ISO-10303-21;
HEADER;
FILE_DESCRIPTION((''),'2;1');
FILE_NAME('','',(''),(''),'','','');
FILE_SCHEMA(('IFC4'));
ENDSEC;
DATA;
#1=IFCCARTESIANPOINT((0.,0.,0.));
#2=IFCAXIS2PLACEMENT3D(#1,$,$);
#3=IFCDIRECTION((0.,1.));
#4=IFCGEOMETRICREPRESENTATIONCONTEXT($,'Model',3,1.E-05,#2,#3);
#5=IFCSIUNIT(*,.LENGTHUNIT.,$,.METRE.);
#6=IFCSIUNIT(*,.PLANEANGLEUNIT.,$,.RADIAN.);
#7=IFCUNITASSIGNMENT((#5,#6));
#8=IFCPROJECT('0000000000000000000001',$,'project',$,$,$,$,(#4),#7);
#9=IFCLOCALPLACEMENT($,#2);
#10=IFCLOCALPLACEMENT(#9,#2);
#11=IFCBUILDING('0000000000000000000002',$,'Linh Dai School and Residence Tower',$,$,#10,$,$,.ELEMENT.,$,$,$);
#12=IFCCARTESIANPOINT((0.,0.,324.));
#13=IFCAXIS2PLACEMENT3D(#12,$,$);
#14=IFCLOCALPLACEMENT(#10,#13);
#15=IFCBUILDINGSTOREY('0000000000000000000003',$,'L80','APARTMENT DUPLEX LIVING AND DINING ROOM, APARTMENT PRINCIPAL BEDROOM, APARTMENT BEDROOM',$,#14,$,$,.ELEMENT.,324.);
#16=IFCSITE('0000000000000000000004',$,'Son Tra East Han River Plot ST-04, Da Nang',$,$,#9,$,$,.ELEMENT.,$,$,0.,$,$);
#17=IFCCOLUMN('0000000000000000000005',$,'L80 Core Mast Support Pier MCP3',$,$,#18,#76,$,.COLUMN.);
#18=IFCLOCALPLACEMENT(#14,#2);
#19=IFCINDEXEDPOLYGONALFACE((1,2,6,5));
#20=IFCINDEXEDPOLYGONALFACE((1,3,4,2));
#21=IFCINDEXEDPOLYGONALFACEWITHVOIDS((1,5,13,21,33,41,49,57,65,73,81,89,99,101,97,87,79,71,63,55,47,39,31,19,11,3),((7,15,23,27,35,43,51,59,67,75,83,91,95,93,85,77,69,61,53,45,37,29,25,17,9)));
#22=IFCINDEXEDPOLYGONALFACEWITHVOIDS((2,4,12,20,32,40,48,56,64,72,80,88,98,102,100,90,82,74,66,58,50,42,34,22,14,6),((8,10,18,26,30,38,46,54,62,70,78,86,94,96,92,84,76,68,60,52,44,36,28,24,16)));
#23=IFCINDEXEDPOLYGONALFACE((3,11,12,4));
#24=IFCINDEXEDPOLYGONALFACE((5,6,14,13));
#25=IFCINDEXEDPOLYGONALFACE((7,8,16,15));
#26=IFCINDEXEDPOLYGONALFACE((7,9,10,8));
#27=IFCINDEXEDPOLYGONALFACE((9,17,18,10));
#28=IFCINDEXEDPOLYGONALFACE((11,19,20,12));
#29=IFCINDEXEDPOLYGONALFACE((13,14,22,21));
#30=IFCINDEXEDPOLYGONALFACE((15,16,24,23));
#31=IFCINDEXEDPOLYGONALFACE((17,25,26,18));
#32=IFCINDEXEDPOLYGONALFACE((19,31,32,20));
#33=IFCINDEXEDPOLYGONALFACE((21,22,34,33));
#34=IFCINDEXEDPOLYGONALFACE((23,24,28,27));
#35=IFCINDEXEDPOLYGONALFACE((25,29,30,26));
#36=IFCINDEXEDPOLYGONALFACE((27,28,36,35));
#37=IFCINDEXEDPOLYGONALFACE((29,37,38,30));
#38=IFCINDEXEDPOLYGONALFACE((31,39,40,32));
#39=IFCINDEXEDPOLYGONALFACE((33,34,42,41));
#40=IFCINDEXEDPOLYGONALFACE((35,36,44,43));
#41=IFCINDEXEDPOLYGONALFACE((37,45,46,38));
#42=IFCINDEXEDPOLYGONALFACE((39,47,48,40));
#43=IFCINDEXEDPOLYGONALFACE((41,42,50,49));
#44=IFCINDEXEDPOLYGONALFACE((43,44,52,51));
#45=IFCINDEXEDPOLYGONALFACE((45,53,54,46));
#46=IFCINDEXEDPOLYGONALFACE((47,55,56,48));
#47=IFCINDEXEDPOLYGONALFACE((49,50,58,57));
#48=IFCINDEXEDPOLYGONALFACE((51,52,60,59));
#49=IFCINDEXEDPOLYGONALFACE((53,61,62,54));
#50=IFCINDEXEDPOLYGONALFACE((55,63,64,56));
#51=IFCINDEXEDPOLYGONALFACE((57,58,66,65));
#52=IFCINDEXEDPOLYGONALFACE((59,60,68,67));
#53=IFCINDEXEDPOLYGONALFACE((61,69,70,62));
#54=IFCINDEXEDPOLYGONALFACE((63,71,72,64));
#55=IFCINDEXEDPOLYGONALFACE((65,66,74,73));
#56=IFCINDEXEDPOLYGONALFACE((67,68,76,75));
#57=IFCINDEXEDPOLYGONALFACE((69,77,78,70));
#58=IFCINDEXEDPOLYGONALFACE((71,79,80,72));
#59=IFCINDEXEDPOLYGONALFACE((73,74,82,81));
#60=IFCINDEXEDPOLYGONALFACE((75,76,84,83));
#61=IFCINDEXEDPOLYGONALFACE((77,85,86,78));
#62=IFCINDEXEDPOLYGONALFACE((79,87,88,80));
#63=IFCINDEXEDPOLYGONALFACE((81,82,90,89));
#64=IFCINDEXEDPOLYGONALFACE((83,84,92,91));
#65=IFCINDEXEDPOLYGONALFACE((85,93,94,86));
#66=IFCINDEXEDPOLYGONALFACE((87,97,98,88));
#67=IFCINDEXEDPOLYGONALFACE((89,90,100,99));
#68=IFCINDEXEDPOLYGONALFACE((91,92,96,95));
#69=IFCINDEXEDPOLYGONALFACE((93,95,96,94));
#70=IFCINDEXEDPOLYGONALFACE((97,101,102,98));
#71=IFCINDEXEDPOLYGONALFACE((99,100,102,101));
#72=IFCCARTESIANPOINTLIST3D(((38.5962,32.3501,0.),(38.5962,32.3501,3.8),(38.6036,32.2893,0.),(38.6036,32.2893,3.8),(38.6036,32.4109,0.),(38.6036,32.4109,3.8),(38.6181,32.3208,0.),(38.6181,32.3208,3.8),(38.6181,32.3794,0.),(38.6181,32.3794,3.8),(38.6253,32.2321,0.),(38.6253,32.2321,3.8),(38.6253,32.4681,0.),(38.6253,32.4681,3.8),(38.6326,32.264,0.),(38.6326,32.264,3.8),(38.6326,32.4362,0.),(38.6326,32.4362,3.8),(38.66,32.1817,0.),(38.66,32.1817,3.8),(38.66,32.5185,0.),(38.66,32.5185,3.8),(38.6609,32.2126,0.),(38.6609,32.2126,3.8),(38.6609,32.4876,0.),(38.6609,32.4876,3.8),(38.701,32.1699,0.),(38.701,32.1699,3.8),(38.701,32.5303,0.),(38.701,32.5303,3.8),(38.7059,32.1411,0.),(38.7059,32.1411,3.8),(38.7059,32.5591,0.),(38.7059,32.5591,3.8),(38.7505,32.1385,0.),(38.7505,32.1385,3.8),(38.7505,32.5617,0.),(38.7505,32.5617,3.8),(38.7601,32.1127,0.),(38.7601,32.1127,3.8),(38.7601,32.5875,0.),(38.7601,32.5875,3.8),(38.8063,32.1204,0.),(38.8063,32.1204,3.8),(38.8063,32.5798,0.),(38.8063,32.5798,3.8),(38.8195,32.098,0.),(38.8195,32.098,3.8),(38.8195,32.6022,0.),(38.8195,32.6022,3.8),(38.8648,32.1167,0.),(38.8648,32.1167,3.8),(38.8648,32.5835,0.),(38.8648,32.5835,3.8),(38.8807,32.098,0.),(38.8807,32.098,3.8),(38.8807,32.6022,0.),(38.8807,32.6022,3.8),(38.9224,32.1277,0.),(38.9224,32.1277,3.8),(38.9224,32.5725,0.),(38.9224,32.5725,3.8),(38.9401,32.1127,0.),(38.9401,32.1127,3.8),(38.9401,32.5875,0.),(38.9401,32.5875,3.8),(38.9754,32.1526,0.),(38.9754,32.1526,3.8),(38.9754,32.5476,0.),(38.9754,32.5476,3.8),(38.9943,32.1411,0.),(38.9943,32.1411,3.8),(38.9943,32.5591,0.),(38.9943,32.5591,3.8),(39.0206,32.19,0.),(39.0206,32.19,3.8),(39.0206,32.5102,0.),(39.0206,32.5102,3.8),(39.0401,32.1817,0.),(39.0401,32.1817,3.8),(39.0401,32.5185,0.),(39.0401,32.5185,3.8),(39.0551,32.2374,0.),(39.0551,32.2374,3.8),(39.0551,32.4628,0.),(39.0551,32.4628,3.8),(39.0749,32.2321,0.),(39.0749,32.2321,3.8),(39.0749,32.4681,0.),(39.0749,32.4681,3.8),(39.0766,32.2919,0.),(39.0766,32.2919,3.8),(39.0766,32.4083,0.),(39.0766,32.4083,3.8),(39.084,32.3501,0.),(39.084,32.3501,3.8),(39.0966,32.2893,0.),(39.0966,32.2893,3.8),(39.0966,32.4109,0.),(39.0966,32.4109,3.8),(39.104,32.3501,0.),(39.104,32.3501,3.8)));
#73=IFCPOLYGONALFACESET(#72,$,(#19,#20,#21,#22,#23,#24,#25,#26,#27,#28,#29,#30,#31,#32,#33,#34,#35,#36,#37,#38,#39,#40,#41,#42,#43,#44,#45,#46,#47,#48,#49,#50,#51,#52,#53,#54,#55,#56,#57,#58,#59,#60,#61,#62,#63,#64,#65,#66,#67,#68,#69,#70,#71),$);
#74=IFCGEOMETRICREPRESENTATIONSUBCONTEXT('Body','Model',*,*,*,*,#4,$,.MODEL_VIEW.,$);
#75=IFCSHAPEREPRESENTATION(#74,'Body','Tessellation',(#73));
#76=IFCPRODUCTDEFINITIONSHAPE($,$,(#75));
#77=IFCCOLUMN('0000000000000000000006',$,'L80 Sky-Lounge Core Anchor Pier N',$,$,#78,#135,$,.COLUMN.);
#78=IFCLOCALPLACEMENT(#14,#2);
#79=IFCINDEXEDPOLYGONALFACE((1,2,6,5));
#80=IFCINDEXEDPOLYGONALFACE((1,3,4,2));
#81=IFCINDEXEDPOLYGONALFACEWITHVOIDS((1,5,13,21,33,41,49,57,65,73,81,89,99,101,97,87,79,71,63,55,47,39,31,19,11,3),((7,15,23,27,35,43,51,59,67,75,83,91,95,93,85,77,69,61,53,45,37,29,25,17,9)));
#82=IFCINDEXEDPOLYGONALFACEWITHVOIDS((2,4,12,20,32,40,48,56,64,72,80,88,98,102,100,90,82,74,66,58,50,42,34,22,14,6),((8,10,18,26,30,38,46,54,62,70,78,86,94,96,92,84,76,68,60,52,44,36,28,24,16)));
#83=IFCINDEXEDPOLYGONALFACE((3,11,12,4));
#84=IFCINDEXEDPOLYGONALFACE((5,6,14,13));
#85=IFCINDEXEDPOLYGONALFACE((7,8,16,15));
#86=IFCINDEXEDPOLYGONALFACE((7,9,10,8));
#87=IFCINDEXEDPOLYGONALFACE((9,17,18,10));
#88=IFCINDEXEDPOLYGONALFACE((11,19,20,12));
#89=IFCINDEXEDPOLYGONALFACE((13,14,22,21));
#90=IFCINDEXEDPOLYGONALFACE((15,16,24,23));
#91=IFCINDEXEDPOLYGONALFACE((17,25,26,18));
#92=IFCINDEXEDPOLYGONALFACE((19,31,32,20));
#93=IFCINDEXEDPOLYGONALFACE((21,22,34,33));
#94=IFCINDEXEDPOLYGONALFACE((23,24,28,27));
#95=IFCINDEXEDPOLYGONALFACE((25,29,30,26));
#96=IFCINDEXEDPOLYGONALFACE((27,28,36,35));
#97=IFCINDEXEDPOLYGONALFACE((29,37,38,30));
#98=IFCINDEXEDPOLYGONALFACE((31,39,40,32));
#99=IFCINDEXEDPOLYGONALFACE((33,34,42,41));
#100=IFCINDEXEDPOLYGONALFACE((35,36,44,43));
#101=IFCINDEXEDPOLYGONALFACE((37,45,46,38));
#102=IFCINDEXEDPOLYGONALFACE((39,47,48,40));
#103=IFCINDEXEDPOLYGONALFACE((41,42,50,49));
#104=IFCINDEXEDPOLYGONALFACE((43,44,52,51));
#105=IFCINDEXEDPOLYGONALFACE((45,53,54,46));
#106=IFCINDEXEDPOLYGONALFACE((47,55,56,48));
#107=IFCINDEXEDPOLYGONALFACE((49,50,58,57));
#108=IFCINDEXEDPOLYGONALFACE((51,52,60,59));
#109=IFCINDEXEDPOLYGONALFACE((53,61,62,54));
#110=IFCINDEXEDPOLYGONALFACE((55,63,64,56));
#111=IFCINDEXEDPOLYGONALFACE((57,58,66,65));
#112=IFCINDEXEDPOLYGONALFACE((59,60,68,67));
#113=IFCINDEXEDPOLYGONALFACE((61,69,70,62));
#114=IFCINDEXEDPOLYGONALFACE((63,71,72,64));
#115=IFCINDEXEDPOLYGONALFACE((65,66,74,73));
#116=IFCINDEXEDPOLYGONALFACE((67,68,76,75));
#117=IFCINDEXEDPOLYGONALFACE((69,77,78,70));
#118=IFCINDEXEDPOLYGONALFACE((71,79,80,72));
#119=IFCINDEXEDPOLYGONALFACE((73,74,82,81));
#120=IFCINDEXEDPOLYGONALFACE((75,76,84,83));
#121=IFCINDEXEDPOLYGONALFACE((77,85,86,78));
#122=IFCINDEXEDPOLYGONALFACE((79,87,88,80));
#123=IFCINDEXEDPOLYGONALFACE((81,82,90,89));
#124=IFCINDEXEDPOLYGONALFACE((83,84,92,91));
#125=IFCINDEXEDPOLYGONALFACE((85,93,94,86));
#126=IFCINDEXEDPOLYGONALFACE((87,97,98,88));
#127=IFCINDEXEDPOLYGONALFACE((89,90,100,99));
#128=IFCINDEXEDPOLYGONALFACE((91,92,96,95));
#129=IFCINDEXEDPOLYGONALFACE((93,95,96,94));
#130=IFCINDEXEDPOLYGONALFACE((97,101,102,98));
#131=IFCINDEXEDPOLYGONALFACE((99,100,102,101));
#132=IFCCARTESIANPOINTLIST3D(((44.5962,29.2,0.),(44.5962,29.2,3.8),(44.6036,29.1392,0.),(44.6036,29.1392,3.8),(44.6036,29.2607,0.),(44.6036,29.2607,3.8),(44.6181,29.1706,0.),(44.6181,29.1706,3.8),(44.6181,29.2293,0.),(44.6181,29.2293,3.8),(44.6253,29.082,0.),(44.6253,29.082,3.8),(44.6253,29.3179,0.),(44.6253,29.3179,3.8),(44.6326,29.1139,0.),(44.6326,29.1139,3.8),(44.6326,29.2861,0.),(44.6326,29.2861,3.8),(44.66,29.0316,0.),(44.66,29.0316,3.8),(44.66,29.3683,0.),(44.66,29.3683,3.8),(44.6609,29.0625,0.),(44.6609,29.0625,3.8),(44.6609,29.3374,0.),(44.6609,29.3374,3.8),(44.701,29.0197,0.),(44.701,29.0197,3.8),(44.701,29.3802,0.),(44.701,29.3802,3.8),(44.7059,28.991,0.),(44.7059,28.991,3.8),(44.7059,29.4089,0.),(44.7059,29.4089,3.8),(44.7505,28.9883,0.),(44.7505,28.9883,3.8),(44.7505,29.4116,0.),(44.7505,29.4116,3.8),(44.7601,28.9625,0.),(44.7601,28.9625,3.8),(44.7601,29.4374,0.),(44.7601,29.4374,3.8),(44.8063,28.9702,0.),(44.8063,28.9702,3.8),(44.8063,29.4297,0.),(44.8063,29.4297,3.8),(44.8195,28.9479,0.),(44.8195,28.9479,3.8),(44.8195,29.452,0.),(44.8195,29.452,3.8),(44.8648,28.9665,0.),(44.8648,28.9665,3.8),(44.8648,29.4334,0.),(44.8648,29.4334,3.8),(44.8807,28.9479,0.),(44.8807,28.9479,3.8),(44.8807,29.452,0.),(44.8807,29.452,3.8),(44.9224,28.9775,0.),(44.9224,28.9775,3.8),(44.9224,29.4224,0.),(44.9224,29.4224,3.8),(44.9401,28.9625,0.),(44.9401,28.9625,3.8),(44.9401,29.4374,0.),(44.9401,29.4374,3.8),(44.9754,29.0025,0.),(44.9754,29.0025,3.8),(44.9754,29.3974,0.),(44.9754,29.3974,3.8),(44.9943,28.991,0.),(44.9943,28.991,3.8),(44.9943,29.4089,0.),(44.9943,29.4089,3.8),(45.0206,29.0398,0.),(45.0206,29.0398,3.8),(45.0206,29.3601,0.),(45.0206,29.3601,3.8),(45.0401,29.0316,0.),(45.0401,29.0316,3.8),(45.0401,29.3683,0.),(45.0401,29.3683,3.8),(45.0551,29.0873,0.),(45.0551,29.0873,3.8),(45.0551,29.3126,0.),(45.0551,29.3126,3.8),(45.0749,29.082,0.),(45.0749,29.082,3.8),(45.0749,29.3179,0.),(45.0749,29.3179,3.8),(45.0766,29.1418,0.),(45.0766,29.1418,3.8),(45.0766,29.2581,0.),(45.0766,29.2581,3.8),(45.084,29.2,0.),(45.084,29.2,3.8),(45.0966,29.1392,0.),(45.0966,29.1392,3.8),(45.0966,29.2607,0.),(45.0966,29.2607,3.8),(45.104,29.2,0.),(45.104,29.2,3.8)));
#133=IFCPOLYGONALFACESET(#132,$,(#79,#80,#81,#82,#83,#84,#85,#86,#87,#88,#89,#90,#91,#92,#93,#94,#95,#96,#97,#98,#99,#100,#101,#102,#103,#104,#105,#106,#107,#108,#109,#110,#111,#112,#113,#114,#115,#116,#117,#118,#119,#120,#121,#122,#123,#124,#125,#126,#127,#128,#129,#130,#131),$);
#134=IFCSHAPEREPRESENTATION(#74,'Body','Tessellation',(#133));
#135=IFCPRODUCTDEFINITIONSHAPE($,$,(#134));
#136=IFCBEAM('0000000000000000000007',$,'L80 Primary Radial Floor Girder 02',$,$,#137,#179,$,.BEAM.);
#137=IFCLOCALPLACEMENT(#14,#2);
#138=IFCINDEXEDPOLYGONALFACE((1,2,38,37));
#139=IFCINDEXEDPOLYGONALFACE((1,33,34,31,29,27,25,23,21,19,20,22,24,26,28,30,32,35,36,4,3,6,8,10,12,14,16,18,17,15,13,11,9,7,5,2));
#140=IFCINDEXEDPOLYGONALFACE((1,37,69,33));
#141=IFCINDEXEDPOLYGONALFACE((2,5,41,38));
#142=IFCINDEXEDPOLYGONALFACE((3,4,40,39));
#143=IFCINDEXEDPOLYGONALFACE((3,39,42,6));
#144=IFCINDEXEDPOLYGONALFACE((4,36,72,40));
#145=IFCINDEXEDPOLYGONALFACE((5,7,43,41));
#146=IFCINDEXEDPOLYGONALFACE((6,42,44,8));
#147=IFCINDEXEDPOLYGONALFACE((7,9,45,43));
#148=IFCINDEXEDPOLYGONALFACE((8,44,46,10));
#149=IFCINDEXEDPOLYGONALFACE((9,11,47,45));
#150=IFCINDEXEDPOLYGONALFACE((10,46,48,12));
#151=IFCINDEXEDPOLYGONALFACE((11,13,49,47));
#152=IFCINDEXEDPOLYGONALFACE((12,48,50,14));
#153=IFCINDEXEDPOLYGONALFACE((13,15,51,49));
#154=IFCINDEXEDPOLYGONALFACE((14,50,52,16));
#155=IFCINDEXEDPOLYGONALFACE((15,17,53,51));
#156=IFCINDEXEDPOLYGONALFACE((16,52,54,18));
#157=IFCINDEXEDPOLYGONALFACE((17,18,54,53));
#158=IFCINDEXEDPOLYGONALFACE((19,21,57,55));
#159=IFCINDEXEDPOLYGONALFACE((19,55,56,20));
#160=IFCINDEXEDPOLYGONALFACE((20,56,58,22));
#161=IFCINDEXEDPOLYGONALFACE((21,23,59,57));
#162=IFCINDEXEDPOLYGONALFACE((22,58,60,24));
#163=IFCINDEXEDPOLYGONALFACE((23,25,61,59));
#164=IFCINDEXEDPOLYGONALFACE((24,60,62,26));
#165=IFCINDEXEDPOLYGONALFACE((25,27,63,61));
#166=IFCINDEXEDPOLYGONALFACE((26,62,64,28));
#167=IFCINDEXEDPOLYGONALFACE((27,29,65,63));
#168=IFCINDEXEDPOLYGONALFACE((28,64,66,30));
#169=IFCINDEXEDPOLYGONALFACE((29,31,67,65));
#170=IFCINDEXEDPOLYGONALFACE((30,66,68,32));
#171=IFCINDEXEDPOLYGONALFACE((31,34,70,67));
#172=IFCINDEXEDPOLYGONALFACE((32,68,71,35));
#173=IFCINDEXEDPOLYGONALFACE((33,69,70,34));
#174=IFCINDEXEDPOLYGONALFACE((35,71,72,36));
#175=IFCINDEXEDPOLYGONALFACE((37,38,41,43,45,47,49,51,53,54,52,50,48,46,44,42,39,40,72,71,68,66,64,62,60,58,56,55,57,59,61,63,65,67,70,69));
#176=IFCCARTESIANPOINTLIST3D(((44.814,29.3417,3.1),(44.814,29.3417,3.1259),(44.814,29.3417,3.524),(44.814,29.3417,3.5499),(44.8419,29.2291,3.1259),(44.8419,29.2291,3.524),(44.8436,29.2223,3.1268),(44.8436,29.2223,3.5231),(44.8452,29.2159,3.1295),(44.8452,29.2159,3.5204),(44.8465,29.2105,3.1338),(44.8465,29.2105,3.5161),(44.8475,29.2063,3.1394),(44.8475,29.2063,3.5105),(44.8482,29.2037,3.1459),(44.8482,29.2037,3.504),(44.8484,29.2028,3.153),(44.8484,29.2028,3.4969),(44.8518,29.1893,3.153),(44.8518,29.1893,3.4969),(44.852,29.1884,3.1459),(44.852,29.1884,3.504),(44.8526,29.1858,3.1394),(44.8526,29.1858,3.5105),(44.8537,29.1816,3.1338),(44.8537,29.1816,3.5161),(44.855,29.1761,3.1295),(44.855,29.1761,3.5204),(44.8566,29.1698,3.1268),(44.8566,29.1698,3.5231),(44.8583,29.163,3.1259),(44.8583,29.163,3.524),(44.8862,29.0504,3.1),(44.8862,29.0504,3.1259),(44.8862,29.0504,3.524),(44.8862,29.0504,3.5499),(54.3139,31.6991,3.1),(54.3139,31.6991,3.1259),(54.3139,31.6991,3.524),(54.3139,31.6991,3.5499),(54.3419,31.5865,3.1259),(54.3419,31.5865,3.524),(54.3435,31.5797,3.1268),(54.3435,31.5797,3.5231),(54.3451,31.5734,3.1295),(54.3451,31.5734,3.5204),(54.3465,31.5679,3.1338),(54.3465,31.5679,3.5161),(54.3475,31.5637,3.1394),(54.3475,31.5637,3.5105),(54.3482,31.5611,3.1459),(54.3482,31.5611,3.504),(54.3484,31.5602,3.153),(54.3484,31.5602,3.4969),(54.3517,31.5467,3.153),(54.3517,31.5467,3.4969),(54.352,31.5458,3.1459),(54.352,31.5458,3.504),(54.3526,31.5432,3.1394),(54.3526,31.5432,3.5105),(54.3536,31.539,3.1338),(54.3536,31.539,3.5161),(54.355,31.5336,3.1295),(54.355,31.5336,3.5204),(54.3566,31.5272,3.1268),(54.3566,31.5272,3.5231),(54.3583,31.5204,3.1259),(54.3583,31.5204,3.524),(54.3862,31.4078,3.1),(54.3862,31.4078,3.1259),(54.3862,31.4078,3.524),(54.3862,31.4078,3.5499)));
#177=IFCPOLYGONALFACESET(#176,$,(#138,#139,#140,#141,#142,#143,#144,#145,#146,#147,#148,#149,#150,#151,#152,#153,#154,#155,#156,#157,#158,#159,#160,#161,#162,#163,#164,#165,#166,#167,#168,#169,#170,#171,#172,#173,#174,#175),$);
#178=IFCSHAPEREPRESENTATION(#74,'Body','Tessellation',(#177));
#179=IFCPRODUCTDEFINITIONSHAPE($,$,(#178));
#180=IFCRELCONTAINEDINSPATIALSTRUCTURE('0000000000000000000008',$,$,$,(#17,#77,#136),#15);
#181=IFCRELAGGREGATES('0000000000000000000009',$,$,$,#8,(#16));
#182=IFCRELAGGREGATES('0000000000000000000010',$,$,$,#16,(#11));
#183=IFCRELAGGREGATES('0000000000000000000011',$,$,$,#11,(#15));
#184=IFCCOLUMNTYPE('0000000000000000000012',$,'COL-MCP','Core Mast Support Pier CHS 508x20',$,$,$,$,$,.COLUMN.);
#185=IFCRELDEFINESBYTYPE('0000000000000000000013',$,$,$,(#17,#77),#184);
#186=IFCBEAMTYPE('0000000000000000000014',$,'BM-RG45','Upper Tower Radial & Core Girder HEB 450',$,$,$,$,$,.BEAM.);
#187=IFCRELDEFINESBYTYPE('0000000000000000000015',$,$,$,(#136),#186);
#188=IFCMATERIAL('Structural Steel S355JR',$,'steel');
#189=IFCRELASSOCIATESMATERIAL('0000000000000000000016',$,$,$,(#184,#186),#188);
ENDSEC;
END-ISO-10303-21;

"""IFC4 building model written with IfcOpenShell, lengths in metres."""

from ifc_helpers import new_model, si_unit, direction, frame, origin, origin_2d, place, context, subcontext, project, spatial, hollow_circle, i_section, extrude, material, material_profile, profile_set, type_object, element, save


model = new_model("IFC4")

# Units and contexts
model_context = context("Model", 3, precision=1e-05, world=origin(), true_north=direction((0.0, 1.0)))
body_context = subcontext(model_context, "Body", "Model", "MODEL_VIEW")
ifc_project = project(units=[si_unit("LENGTHUNIT", "METRE"), si_unit("PLANEANGLEUNIT", "RADIAN")], contexts=[model_context])

# Site, building, storey
site_placement = place(None, origin())
site = spatial("IfcSite", under=ifc_project, at=site_placement, Name="Son Tra East Han River Plot ST-04, Da Nang", CompositionType="ELEMENT", RefElevation=0.0)
building_placement = place(site_placement, origin())
building = spatial("IfcBuilding", under=site, at=building_placement, Name="Linh Dai School and Residence Tower", CompositionType="ELEMENT")
storey_placement = place(building_placement, frame((0.0, 0.0, 324.0)))
storey = spatial("IfcBuildingStorey", under=building, at=storey_placement, Name="L80", Description="APARTMENT DUPLEX LIVING AND DINING ROOM, APARTMENT PRINCIPAL BEDROOM, APARTMENT BEDROOM", CompositionType="ELEMENT", Elevation=324.0)

# Columns
ifc_material_1 = material(Name="Structural Steel S355JR", Category="steel")
ifc_material_profile_1 = material_profile(ifc_material_1, hollow_circle(Radius=0.2539, WallThickness=0.02, at=origin_2d()), Name="CHS 508x20")
ifc_profile_set_1 = profile_set([ifc_material_profile_1], Name="Structural Steel S355JR")
column_type = type_object("IfcColumnType", Name="COL-MCP", Description="Core Mast Support Pier CHS 508x20", PredefinedType="COLUMN", material=ifc_profile_set_1)
for number, where, z_axis, x_axis, name in (
    (1, (38.8501, 32.3501, 0.0), (0.0, 0.0, 1.0), (1.0, 0.0, 0.0), "L80 Core Mast Support Pier MCP3"),
    (2, (44.8501, 29.2, 0.0), (0.0, 0.0, 1.0), (1.0, 0.0, 0.0), "L80 Sky-Lounge Core Anchor Pier N"),
):
    element("IfcColumn", number, at=place(storey_placement, frame(where, z_axis=z_axis, x_axis=x_axis)), inside=storey, type_object=column_type, Name=name, PredefinedType="COLUMN", context=body_context, shape_type="SweptSolid", body=[
        extrude(hollow_circle(Radius=0.2539, WallThickness=0.02, at=origin_2d()), origin(), (0.0, 0.0, 1.0), 3.8),
    ])

# Beam
ifc_material_profile_2 = material_profile(ifc_material_1, i_section(OverallWidth=0.3, OverallDepth=0.45, WebThickness=0.0139, FlangeThickness=0.0259, FilletRadius=0.0271, at=origin_2d()), Name="HEB 450")
ifc_profile_set_2 = profile_set([ifc_material_profile_2], Name="Structural Steel S355JR")
beam_type_1 = type_object("IfcBeamType", Name="BM-RG45", Description="Upper Tower Radial & Core Girder HEB 450", PredefinedType="BEAM", material=ifc_profile_set_2)
beam_1_placement = place(storey_placement, frame((44.8501, 29.196, 3.325), z_axis=(0.970564, 0.240845, 0.0), x_axis=(-0.240845, 0.970564, 0.0)))
element("IfcBeam", 3, at=beam_1_placement, inside=storey, type_object=beam_type_1, Name="L80 Primary Radial Floor Girder 02", PredefinedType="BEAM", context=body_context, shape_type="SweptSolid", body=[
    extrude(i_section(OverallWidth=0.3, OverallDepth=0.45, WebThickness=0.0139, FlangeThickness=0.0259, FilletRadius=0.0271, at=origin_2d()), origin(), (0.0, 0.0, 1.0), 9.7881),
])

save(model, "model.ifc")
